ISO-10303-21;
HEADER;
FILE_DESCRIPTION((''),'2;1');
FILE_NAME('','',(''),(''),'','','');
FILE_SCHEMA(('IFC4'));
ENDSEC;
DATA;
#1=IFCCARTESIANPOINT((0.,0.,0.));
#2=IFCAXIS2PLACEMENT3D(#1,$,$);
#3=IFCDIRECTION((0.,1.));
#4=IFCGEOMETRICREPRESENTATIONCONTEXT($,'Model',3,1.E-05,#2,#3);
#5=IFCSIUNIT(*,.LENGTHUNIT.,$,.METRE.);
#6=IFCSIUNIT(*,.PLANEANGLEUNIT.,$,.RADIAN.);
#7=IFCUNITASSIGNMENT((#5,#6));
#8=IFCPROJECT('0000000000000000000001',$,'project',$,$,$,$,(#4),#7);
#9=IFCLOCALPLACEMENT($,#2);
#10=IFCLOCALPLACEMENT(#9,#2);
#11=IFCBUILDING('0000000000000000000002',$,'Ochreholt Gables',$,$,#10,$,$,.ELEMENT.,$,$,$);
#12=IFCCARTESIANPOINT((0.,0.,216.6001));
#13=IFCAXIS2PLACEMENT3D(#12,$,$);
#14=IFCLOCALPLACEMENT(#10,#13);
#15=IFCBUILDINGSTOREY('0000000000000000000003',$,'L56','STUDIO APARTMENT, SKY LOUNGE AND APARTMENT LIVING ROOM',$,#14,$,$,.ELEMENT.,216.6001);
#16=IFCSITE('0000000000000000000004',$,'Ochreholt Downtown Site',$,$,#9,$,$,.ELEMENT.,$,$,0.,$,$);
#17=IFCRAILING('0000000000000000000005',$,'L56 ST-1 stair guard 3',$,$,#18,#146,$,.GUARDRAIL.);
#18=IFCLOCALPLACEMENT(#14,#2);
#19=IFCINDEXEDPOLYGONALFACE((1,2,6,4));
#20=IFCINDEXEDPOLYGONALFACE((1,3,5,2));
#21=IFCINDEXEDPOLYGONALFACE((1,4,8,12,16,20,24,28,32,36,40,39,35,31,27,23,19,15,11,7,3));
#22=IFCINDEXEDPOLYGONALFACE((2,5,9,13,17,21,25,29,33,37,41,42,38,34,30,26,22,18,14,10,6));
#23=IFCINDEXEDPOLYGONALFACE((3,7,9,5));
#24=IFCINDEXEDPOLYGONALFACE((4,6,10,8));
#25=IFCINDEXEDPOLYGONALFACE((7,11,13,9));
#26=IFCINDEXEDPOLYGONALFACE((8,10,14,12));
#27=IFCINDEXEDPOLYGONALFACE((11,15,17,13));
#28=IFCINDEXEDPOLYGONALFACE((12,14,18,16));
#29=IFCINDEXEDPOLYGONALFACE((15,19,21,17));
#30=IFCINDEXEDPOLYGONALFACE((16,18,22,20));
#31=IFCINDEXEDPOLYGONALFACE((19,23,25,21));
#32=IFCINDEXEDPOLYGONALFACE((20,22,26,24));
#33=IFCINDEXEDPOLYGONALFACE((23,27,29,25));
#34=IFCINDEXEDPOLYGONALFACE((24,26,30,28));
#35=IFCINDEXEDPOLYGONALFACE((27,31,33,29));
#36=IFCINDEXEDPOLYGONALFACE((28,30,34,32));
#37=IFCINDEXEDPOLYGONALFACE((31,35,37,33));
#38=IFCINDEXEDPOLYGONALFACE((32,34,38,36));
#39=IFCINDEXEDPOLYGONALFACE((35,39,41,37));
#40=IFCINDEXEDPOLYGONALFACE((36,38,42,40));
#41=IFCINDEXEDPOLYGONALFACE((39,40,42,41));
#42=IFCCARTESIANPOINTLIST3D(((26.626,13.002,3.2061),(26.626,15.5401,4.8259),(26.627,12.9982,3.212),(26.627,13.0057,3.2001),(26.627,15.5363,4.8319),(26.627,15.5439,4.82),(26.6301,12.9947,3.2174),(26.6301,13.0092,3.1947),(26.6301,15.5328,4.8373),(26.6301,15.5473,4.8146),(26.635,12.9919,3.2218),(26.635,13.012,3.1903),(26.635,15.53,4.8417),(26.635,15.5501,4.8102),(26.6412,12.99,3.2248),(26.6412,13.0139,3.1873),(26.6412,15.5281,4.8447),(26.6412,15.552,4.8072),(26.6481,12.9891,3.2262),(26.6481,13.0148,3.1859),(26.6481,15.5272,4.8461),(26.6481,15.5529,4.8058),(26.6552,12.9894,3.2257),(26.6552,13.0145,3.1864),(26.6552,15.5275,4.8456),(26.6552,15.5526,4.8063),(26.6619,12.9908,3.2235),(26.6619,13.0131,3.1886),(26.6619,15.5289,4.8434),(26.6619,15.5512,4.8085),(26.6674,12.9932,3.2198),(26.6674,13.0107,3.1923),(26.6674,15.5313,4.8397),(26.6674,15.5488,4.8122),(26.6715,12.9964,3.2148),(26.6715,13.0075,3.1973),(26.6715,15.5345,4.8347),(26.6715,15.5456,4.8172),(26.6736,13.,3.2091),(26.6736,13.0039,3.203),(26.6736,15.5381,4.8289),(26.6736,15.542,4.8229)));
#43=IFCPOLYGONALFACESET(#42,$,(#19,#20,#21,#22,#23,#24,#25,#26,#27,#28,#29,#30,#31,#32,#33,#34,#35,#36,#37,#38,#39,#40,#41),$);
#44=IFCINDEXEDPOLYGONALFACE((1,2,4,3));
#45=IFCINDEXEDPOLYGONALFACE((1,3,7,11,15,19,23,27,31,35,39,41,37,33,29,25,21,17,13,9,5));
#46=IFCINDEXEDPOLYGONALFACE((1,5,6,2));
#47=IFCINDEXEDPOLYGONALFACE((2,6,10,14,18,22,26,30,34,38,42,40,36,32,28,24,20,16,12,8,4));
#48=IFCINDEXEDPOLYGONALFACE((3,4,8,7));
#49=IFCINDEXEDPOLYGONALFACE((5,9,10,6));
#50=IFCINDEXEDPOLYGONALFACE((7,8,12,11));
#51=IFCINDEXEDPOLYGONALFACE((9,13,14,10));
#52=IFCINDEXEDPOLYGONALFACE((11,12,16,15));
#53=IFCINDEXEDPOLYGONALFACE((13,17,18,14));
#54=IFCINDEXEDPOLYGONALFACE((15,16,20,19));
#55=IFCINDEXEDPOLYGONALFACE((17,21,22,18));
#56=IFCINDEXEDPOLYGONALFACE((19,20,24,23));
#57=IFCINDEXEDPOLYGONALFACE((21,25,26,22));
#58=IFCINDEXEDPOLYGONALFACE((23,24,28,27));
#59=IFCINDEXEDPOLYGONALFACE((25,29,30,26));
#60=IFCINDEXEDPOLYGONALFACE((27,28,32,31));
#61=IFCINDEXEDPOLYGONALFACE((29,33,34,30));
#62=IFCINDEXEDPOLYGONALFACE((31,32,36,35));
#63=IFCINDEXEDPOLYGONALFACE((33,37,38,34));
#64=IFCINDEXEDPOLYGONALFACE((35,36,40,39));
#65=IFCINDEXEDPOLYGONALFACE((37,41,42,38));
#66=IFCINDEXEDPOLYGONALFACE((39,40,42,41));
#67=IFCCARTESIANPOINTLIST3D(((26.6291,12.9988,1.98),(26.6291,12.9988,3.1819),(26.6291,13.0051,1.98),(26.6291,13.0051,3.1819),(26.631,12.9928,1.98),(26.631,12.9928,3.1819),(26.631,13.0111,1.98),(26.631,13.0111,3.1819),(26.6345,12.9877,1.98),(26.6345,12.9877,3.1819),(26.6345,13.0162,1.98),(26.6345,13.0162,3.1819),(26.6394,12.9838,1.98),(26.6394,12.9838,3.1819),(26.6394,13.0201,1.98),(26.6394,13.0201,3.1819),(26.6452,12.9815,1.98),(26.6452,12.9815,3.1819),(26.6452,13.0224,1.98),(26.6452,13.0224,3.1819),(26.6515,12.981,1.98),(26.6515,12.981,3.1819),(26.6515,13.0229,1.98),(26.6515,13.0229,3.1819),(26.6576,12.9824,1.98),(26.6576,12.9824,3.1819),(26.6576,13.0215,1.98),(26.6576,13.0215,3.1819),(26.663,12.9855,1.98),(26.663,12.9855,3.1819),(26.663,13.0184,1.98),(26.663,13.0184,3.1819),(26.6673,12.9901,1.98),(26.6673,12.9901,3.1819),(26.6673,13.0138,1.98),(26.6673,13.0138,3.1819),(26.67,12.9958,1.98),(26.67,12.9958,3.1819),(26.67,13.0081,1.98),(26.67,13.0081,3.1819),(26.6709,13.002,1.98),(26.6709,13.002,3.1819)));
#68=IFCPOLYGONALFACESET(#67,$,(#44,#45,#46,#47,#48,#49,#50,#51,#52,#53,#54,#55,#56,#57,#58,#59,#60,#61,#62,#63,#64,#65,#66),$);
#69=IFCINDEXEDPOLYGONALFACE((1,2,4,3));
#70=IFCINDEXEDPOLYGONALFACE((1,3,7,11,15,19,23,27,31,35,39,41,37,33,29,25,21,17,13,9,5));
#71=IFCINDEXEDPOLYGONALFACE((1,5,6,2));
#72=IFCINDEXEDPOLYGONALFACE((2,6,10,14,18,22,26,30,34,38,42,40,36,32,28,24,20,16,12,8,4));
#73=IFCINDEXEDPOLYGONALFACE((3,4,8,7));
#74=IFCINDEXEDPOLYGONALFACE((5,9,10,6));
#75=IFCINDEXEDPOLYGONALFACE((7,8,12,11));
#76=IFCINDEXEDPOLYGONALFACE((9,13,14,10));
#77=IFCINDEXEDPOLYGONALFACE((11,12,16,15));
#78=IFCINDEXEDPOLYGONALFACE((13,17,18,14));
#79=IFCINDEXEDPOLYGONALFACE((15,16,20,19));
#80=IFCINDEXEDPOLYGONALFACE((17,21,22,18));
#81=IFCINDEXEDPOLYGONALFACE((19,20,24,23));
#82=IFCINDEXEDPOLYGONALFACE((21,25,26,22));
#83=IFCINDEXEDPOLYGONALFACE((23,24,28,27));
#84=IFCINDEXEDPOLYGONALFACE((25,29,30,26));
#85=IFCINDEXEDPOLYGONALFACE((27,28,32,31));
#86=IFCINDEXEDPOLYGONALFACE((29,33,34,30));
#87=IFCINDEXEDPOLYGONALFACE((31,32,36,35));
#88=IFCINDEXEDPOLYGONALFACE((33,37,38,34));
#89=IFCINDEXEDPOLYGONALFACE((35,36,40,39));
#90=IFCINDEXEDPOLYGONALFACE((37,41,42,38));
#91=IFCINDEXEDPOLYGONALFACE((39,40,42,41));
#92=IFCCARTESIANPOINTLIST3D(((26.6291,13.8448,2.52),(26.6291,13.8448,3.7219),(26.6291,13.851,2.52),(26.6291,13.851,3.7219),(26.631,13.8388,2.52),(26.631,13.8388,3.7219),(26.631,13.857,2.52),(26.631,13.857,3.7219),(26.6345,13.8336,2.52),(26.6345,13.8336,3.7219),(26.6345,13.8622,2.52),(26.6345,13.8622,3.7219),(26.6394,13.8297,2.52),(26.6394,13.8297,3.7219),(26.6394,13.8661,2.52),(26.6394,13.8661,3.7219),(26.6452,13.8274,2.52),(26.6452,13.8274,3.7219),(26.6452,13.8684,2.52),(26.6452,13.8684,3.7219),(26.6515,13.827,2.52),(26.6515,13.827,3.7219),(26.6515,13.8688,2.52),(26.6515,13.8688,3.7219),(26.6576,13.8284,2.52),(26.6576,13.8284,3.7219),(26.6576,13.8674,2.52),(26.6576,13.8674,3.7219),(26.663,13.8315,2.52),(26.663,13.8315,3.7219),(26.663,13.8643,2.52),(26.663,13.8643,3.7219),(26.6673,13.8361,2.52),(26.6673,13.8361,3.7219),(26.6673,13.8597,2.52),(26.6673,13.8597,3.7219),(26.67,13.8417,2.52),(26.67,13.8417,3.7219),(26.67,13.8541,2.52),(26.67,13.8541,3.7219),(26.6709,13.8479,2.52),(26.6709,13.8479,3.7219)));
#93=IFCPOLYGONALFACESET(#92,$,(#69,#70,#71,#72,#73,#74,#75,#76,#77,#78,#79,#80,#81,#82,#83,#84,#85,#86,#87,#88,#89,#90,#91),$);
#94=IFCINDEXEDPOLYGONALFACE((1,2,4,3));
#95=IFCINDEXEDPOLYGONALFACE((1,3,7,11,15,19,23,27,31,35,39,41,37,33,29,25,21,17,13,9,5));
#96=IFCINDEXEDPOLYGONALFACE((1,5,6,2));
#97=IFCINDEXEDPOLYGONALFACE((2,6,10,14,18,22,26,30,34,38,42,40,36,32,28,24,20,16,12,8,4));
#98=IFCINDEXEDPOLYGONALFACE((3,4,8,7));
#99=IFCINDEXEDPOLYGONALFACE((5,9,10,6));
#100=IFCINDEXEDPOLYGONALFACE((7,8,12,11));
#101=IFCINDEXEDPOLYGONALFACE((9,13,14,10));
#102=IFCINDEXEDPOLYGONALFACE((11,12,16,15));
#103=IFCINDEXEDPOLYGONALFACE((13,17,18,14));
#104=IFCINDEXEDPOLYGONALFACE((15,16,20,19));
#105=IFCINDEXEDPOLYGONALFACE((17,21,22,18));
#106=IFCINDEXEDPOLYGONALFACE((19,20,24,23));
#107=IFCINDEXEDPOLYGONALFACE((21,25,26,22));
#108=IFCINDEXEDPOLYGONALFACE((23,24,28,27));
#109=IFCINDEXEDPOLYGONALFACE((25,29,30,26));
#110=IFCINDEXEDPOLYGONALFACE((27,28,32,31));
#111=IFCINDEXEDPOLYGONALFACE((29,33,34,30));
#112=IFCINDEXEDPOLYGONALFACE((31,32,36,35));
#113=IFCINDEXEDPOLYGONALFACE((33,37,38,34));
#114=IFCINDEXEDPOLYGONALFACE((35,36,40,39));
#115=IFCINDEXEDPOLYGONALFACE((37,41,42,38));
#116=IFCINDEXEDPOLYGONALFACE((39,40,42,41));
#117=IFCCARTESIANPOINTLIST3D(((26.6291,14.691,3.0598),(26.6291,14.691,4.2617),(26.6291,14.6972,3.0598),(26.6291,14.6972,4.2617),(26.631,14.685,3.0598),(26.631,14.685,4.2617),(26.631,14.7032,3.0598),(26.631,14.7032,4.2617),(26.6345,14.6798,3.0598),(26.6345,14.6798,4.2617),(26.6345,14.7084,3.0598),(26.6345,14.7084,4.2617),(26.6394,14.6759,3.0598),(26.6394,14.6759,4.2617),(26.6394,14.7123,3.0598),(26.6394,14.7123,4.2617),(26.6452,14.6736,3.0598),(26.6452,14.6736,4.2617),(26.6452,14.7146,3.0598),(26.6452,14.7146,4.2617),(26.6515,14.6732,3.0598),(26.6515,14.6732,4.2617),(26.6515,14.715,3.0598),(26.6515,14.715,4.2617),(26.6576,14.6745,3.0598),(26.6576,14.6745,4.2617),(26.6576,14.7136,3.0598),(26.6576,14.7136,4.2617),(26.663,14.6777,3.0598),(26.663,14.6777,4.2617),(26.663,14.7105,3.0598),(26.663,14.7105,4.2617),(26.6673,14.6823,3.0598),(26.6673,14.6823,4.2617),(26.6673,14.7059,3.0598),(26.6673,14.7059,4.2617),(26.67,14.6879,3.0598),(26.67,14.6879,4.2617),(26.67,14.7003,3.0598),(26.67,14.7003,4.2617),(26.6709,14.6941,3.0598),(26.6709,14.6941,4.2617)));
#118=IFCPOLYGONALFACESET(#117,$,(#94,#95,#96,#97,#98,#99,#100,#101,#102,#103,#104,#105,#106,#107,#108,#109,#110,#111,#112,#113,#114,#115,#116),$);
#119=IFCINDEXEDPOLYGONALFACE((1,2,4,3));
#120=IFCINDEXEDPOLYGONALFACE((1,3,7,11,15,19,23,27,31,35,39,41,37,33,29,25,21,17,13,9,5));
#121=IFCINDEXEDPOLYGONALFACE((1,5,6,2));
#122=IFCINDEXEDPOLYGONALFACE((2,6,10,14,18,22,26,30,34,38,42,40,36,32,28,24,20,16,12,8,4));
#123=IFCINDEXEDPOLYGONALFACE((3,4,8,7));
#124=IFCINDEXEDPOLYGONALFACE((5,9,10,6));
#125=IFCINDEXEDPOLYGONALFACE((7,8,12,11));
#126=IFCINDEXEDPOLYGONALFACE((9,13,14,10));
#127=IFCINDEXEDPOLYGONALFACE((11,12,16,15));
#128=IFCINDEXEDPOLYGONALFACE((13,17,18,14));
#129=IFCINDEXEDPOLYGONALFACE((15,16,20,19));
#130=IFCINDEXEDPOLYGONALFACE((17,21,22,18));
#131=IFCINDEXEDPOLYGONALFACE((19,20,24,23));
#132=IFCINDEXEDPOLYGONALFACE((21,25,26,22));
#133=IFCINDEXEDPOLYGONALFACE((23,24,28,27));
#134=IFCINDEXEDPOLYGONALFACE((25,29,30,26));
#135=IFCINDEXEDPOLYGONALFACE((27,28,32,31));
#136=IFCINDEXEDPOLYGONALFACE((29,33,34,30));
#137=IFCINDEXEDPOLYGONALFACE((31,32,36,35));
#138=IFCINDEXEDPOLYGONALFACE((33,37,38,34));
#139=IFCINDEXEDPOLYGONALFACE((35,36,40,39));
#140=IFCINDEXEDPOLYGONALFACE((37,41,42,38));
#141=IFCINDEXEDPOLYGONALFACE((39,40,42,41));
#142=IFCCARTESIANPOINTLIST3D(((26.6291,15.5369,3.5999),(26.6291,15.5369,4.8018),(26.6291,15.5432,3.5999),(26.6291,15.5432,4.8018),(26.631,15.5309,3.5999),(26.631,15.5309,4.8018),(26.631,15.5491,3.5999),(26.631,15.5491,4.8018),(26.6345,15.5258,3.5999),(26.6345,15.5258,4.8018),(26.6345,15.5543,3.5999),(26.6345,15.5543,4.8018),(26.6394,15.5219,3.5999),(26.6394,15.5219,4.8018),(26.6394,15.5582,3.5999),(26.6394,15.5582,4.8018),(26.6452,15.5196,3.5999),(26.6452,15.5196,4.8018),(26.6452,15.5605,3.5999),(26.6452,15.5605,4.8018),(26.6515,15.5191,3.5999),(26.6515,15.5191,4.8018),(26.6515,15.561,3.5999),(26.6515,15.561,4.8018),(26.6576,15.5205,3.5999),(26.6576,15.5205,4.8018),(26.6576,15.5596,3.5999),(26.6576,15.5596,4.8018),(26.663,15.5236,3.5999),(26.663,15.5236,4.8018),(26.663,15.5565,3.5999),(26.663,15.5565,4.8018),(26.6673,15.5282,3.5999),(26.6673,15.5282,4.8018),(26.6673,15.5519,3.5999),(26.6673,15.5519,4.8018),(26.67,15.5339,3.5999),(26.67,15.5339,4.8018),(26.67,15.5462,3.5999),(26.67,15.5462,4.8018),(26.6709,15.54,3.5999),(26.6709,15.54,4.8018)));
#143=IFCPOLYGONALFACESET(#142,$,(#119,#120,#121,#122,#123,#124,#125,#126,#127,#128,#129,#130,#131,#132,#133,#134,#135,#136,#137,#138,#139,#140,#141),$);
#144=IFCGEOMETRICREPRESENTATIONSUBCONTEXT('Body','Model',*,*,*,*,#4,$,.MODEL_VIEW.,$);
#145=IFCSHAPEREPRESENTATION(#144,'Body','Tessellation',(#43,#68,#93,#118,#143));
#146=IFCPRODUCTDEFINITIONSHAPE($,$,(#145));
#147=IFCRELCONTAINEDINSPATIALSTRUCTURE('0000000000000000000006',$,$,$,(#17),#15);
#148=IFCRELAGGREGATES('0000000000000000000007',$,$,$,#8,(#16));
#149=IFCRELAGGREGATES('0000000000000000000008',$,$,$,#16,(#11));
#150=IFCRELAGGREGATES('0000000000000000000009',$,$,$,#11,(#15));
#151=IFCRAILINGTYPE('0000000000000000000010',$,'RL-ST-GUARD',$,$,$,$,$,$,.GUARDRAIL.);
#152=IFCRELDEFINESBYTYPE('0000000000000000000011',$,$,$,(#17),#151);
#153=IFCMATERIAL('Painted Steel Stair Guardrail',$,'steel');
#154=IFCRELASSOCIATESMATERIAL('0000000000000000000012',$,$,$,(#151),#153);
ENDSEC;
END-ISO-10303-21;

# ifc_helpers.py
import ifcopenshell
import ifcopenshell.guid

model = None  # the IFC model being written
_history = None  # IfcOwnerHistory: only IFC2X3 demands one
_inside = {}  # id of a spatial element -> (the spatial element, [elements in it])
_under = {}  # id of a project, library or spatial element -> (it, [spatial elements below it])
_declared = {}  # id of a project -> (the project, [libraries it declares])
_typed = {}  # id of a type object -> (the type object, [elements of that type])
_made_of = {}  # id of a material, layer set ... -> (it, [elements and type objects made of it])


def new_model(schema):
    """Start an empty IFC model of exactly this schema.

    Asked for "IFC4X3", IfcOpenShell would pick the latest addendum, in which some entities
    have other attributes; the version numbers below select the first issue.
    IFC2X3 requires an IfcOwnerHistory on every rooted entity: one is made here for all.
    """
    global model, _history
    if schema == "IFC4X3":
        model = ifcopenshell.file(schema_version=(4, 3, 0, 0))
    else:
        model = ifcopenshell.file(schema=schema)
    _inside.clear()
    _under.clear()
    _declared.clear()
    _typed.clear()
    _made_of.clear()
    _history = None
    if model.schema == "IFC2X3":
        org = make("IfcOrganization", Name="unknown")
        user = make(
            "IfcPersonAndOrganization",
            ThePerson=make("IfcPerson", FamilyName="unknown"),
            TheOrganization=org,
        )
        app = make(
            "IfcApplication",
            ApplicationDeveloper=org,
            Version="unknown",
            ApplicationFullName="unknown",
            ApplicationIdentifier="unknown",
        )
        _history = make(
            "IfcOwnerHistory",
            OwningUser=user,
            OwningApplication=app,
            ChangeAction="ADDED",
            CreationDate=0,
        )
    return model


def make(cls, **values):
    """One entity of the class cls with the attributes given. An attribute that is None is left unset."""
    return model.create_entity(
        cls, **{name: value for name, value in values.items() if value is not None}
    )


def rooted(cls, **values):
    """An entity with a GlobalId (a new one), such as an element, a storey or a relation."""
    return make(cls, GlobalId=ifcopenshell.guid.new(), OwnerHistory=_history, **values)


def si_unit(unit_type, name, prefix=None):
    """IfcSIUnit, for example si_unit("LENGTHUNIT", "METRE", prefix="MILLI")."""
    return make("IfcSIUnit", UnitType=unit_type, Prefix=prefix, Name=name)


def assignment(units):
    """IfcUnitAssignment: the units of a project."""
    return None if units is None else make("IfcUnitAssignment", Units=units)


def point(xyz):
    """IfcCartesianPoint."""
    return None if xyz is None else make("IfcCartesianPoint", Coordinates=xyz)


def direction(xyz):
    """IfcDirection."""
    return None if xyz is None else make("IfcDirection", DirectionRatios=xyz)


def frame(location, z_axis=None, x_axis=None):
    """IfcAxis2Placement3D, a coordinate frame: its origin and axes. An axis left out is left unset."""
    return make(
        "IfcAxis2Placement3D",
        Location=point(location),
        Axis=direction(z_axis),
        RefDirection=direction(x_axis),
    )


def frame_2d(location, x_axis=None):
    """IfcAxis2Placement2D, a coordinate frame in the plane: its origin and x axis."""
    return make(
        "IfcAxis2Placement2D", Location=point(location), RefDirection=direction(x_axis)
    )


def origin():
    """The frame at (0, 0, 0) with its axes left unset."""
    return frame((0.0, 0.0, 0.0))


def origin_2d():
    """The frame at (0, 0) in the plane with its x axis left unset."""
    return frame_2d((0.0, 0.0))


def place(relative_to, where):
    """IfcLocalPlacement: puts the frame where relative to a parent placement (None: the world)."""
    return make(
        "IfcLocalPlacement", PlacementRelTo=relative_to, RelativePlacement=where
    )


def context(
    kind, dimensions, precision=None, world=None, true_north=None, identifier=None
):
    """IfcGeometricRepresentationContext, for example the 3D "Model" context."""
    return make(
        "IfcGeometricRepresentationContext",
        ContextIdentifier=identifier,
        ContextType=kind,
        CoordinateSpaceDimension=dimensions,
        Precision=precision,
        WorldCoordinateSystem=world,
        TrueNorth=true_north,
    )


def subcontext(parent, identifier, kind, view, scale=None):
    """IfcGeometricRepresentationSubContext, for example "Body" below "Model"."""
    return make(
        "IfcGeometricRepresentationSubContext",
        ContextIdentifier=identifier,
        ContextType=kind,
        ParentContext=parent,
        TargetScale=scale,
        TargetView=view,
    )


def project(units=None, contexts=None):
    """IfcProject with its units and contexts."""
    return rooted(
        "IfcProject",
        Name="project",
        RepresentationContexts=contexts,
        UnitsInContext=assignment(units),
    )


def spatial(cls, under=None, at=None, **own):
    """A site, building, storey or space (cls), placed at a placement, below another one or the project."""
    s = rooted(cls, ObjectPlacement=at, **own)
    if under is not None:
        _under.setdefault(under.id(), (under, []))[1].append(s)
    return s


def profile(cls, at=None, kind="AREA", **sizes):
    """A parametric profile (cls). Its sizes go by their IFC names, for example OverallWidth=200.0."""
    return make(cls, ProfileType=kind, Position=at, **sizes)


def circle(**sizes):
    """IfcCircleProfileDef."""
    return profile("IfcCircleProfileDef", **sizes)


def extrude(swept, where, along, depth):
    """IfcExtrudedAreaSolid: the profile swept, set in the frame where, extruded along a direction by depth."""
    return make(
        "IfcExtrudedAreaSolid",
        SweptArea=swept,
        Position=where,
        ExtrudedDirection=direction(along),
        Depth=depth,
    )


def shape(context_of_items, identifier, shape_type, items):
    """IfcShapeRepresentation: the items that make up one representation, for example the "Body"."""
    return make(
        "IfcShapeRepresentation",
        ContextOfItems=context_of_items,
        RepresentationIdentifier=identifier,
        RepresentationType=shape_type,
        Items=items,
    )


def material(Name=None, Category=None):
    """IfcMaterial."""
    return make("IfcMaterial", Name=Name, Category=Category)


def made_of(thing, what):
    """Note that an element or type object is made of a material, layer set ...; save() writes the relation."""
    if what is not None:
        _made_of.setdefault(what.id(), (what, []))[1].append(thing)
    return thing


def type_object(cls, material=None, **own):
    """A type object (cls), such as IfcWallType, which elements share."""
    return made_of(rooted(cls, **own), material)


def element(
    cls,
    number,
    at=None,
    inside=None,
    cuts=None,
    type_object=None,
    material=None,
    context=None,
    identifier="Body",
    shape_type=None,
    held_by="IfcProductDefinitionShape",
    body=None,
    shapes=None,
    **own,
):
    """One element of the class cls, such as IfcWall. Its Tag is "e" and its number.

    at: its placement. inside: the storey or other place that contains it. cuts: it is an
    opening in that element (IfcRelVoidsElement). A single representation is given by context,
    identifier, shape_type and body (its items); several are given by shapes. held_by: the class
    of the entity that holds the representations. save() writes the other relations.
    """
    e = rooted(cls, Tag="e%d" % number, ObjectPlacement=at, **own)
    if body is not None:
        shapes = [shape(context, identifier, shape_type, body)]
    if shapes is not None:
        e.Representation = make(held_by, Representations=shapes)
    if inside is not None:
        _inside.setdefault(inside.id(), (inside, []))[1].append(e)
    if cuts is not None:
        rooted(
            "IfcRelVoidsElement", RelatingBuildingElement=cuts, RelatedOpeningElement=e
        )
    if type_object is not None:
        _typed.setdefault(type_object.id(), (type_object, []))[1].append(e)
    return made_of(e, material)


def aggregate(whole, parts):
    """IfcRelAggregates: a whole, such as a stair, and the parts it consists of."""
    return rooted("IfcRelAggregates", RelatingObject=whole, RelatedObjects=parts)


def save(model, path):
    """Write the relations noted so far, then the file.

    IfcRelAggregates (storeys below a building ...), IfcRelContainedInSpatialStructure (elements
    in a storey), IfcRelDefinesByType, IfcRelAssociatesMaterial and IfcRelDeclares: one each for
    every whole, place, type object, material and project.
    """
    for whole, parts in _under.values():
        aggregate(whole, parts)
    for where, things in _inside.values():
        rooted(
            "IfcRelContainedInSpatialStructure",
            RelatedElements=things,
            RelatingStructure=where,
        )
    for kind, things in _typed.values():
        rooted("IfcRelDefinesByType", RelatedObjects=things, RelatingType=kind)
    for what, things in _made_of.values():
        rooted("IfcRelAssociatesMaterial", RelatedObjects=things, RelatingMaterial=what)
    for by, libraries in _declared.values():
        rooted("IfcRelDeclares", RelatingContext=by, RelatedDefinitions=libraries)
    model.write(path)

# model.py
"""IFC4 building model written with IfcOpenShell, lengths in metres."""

from ifc_helpers import new_model, si_unit, direction, frame, origin, origin_2d, place, context, subcontext, project, spatial, circle, extrude, material, type_object, element, save


model = new_model("IFC4")

# Units and contexts
model_context = context("Model", 3, precision=1e-05, world=origin(), true_north=direction((0.0, 1.0)))
body_context = subcontext(model_context, "Body", "Model", "MODEL_VIEW")
ifc_project = project(units=[si_unit("LENGTHUNIT", "METRE"), si_unit("PLANEANGLEUNIT", "RADIAN")], contexts=[model_context])

# Site, building, storey
site_placement = place(None, origin())
site = spatial("IfcSite", under=ifc_project, at=site_placement, Name="Ochreholt Downtown Site", CompositionType="ELEMENT", RefElevation=0.0)
building_placement = place(site_placement, origin())
building = spatial("IfcBuilding", under=site, at=building_placement, Name="Ochreholt Gables", CompositionType="ELEMENT")
storey_placement = place(building_placement, frame((0.0, 0.0, 216.6001)))
storey = spatial("IfcBuildingStorey", under=building, at=storey_placement, Name="L56", Description="STUDIO APARTMENT, SKY LOUNGE AND APARTMENT LIVING ROOM", CompositionType="ELEMENT", Elevation=216.6001)

# Railing
ifc_material_1 = material(Name="Painted Steel Stair Guardrail", Category="steel")
railing_type_1 = type_object("IfcRailingType", Name="RL-ST-GUARD", PredefinedType="GUARDRAIL", material=ifc_material_1)
railing_1_placement = place(storey_placement, frame((26.6499, 13.002, 1.98)))
element("IfcRailing", 1, at=railing_1_placement, inside=storey, type_object=railing_type_1, Name="L56 ST-1 stair guard 3", PredefinedType="GUARDRAIL", context=body_context, shape_type="SweptSolid", body=[
    extrude(circle(Radius=0.0239, at=origin_2d()), frame((0.0, 0.0, 1.2261), z_axis=(0.0, 0.84295, 0.537993), x_axis=(-1.0, 0.0, 0.0)), (0.0, 0.0, 1.0), 3.011),
    extrude(circle(Radius=0.021, at=origin_2d()), origin(), (0.0, 0.0, 1.0), 1.2019),
    extrude(circle(Radius=0.021, at=origin_2d()), frame((0.0, 0.8459, 0.54)), (0.0, 0.0, 1.0), 1.2019),
    extrude(circle(Radius=0.021, at=origin_2d()), frame((0.0, 1.6921, 1.0798)), (0.0, 0.0, 1.0), 1.2019),
    extrude(circle(Radius=0.021, at=origin_2d()), frame((0.0, 2.5381, 1.6199)), (0.0, 0.0, 1.0), 1.2019),
])

save(model, "model.ifc")
